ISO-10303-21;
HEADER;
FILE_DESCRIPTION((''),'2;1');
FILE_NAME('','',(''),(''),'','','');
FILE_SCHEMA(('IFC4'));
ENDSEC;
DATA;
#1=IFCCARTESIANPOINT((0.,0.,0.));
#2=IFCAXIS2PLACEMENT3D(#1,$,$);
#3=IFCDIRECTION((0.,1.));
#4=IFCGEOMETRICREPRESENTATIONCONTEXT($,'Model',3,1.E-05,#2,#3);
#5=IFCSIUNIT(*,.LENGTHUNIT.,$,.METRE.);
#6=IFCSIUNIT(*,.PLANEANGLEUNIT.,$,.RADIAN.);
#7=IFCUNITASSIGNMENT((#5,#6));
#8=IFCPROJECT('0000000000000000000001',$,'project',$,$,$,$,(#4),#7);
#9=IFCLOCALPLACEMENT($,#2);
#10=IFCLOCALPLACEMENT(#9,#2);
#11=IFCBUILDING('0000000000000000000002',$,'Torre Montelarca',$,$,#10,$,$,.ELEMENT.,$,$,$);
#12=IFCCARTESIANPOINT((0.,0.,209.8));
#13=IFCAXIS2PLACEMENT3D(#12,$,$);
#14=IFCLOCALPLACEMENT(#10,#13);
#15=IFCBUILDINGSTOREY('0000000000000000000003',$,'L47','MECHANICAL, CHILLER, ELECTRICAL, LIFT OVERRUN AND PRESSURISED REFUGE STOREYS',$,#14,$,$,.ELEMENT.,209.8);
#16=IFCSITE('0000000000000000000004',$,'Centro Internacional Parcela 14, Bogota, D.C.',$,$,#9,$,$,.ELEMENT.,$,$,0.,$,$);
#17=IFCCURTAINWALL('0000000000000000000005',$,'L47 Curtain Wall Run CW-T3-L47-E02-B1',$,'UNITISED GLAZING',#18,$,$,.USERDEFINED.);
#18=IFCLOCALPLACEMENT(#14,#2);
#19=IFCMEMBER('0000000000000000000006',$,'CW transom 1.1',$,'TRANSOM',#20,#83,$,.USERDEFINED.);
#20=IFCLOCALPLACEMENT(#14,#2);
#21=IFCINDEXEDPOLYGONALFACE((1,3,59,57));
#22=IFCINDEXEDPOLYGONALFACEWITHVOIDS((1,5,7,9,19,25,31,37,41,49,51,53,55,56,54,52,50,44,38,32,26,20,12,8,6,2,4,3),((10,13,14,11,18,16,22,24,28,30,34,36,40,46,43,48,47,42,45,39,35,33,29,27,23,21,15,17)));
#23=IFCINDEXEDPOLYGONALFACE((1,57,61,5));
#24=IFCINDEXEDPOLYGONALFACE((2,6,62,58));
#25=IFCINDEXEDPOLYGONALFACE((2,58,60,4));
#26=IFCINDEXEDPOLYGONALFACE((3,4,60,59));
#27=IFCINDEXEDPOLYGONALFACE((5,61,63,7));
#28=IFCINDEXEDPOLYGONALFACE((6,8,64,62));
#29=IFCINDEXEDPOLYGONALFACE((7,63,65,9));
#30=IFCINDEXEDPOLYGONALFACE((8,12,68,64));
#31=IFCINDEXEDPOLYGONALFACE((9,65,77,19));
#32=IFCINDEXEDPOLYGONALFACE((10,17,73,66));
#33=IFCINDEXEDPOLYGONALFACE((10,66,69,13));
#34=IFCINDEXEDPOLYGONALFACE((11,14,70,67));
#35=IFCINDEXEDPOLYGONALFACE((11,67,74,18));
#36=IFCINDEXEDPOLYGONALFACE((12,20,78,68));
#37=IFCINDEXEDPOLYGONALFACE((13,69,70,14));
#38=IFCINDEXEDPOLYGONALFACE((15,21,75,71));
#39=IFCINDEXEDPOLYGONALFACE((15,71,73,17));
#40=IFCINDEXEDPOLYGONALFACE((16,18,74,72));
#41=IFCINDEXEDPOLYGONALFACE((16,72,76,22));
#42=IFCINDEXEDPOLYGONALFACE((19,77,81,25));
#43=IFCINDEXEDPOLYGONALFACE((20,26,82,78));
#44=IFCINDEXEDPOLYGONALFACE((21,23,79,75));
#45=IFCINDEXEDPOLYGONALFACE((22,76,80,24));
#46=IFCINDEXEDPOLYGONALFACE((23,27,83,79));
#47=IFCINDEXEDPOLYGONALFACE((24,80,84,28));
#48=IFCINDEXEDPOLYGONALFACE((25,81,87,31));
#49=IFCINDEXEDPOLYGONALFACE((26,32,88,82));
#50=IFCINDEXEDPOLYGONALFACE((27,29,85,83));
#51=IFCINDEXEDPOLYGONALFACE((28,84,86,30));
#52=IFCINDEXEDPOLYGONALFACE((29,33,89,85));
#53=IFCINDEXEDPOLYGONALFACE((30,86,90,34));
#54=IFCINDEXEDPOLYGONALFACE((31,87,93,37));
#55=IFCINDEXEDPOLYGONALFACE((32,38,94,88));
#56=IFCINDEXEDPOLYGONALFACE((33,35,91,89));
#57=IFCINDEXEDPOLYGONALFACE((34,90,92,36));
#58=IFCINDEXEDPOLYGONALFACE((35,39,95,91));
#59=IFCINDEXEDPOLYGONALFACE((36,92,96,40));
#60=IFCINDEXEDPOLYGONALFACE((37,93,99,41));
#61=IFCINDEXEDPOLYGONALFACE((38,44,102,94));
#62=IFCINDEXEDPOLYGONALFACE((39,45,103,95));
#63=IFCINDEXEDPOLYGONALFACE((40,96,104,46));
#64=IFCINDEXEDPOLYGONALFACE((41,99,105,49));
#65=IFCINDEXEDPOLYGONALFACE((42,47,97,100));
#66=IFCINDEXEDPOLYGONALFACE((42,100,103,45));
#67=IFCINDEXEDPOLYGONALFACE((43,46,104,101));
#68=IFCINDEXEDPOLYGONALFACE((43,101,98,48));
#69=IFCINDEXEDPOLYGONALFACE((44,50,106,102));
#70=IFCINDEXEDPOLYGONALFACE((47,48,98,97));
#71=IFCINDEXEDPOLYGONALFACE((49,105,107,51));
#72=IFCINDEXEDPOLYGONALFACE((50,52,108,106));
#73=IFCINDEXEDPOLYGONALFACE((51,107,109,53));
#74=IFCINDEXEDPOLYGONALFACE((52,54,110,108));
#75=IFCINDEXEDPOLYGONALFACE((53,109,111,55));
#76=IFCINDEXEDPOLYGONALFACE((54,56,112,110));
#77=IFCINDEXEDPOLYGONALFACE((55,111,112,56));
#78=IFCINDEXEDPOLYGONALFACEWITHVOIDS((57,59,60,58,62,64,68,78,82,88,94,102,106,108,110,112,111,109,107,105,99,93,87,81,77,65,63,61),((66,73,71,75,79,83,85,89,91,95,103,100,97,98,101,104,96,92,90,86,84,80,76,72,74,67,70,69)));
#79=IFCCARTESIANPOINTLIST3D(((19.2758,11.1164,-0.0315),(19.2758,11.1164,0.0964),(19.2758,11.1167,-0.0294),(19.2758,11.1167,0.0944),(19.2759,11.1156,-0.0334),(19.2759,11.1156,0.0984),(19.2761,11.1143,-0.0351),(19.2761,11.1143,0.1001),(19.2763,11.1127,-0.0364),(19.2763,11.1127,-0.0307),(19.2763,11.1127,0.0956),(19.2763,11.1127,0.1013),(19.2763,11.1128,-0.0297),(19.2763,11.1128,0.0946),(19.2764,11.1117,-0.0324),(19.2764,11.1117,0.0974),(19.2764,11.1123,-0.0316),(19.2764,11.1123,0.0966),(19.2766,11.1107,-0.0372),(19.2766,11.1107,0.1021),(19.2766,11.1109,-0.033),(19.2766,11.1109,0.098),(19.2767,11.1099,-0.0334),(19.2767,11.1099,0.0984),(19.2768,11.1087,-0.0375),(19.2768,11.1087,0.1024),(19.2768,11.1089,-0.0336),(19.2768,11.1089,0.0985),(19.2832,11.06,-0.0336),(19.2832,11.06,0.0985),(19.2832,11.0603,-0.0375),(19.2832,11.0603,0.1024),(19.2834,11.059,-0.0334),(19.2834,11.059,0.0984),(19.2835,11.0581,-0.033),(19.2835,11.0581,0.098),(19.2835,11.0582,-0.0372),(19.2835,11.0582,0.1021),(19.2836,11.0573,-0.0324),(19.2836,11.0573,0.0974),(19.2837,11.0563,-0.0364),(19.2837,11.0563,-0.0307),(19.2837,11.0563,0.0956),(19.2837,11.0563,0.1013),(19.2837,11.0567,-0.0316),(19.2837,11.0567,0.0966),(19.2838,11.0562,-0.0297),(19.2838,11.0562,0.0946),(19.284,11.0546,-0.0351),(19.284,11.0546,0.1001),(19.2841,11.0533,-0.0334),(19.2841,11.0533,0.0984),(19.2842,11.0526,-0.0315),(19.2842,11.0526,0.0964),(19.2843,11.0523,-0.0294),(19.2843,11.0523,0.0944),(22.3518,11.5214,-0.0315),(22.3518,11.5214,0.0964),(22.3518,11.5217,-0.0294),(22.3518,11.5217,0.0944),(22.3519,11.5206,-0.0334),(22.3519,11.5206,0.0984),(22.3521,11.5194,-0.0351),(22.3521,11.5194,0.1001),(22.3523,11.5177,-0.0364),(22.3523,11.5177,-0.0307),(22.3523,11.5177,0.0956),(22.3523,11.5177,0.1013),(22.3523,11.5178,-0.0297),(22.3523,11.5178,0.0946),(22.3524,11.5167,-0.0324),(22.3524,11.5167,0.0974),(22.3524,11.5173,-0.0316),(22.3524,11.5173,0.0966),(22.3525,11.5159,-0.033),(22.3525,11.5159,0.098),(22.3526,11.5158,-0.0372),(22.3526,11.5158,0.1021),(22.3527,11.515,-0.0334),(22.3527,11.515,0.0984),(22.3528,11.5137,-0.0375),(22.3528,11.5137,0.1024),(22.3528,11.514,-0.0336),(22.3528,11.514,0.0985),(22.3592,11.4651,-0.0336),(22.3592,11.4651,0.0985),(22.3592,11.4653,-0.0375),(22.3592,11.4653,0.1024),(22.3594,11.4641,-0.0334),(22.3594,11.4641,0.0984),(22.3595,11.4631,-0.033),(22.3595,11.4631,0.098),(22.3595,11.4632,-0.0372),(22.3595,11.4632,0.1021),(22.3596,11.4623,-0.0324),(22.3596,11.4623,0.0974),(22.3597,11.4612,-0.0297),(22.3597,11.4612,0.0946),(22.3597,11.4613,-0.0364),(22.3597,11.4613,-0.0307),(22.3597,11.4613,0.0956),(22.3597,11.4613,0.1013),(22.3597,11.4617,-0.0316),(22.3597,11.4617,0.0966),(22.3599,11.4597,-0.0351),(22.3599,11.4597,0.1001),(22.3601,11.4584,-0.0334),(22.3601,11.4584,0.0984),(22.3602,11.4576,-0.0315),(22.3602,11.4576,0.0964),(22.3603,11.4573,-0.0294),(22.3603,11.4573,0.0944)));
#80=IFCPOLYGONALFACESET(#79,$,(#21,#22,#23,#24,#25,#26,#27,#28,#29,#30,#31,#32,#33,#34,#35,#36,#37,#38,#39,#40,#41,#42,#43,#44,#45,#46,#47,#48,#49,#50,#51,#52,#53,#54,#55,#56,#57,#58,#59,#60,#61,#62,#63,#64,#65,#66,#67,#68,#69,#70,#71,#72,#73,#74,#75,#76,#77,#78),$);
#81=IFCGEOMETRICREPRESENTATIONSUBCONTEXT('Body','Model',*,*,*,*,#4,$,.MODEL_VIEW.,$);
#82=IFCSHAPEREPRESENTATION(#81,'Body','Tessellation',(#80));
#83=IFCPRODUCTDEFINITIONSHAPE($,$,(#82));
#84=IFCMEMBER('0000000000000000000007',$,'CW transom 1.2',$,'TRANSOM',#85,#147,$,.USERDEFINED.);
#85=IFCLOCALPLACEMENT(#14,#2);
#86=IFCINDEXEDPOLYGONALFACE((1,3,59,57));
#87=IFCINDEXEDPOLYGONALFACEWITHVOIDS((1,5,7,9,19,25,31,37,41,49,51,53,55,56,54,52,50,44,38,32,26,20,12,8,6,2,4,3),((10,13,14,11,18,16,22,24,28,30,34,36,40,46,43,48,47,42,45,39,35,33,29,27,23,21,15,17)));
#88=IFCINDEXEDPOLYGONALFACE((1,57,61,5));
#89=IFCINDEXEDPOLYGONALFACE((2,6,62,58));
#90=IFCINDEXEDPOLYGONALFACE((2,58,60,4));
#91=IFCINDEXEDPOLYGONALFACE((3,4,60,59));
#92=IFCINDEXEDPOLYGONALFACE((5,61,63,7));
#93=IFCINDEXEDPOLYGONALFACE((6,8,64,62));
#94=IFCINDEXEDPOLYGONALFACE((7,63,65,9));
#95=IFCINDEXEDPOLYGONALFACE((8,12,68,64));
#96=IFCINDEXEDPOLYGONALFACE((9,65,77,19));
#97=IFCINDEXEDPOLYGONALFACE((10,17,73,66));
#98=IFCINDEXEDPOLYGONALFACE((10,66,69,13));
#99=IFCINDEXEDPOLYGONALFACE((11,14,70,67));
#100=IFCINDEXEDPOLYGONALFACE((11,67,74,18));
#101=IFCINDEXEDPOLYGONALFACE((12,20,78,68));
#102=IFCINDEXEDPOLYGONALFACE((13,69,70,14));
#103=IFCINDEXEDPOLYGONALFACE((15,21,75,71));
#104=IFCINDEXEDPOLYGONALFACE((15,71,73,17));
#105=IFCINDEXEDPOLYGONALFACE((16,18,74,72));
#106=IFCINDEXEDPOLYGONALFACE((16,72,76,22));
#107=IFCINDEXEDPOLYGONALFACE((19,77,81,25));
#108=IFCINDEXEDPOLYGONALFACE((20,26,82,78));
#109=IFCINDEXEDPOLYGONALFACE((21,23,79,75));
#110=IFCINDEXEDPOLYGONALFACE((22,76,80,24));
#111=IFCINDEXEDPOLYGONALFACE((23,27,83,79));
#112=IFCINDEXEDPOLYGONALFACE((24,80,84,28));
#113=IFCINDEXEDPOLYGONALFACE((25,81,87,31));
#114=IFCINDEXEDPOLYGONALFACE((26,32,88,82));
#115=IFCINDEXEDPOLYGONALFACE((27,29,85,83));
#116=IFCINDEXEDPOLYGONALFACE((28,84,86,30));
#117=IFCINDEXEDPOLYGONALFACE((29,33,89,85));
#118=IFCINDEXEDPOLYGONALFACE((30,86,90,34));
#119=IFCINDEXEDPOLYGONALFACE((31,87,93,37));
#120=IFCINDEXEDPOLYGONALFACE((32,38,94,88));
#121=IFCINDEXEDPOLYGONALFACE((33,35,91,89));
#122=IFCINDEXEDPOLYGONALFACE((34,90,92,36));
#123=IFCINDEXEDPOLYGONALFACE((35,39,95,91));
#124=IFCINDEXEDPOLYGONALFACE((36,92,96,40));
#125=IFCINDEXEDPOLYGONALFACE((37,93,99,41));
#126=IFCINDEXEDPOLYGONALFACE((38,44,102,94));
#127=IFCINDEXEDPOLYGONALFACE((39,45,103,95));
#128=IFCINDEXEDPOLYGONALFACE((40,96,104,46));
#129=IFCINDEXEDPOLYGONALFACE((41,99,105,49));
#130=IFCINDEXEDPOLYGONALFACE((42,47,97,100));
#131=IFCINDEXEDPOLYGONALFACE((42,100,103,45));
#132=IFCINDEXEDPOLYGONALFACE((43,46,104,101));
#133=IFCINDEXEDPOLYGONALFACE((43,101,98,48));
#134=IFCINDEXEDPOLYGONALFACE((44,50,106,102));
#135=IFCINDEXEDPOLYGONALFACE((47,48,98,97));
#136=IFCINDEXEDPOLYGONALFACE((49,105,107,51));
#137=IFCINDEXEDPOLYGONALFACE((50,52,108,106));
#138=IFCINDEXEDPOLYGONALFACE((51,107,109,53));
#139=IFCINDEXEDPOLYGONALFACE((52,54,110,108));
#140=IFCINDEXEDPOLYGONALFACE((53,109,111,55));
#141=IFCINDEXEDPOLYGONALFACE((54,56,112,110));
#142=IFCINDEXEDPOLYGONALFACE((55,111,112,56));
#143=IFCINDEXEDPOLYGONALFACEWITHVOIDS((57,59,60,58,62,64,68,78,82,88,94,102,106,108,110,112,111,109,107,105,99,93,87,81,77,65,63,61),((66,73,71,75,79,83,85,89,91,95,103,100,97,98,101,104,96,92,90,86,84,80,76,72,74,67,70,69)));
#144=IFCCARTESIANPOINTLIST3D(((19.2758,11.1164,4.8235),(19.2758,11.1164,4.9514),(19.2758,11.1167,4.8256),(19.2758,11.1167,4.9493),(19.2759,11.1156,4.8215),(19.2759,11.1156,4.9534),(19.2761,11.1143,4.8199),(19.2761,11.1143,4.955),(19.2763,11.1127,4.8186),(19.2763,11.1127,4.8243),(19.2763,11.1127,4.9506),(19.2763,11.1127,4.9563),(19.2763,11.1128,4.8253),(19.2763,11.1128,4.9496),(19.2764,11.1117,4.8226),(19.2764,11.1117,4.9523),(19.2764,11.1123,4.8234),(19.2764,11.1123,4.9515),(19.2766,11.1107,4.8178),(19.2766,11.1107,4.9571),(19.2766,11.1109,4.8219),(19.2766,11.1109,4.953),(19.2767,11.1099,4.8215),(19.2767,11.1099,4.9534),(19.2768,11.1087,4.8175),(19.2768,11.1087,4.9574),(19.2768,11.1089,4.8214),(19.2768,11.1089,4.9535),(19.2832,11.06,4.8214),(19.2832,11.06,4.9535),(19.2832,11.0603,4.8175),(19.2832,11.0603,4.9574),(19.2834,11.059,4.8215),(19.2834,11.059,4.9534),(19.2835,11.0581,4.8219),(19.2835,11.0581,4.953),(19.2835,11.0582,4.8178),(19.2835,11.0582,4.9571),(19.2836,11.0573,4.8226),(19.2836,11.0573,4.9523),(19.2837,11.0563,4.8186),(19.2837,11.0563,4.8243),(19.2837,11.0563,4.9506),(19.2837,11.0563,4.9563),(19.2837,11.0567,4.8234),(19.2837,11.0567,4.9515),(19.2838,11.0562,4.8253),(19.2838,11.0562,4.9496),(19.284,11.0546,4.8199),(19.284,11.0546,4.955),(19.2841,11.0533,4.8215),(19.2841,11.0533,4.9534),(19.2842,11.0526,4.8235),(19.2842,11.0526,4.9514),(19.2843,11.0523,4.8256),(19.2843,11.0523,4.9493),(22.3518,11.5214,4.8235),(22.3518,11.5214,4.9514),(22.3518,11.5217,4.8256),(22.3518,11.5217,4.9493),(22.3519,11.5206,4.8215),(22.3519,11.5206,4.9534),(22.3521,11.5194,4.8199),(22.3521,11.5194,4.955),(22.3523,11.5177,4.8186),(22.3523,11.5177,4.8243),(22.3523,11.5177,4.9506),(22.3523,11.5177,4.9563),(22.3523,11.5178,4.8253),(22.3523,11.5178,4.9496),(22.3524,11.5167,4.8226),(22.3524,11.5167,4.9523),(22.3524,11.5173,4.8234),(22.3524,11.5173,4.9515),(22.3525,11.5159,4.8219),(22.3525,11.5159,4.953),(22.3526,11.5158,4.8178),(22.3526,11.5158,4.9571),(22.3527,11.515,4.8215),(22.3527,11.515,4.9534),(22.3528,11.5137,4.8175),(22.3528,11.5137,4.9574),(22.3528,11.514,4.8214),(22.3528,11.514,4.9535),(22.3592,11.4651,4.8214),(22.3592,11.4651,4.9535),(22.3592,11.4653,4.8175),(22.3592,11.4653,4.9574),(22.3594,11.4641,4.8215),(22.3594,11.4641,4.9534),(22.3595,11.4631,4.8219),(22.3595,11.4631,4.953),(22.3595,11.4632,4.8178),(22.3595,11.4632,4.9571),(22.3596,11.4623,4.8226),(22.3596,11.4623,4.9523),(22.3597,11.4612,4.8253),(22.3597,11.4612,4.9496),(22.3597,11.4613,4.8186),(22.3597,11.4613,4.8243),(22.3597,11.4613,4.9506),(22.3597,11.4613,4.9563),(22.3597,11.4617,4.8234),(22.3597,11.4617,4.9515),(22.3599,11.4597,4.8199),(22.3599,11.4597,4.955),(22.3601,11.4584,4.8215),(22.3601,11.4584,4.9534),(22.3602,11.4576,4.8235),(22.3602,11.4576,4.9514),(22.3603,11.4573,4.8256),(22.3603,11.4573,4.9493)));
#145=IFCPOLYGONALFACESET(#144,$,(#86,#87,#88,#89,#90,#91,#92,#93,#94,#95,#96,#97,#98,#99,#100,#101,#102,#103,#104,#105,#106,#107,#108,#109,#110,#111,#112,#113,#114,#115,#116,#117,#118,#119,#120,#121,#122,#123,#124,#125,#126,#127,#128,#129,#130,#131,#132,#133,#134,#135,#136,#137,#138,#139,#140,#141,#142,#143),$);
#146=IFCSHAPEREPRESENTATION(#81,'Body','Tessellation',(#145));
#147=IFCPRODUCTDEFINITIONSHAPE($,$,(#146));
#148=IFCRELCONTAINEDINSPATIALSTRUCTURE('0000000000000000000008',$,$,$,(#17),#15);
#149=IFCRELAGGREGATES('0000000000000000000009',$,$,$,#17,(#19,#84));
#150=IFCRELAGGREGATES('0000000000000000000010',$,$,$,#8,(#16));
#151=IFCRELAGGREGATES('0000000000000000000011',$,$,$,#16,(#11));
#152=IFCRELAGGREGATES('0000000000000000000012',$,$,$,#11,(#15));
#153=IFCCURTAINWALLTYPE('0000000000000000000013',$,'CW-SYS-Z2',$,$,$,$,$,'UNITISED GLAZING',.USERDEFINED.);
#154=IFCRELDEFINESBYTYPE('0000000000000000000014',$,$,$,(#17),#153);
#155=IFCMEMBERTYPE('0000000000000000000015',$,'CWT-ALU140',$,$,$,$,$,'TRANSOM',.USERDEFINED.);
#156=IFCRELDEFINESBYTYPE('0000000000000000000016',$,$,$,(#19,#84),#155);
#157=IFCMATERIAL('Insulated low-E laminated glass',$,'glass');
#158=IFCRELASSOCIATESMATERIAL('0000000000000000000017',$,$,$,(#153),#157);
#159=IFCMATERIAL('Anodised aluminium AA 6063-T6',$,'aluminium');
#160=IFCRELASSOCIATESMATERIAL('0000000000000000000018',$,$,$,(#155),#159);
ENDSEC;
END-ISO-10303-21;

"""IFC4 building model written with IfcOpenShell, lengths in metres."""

from ifc_helpers import new_model, si_unit, direction, frame, origin, origin_2d, place, context, subcontext, project, spatial, hollow_rectangle, extrude, source, transform, mapped, material, material_profile, profile_set, type_object, element, aggregate, save


model = new_model("IFC4")

# Units and contexts
model_context = context("Model", 3, precision=1e-05, world=origin(), true_north=direction((0.0, 1.0)))
body_context = subcontext(model_context, "Body", "Model", "MODEL_VIEW")
ifc_project = project(units=[si_unit("LENGTHUNIT", "METRE"), si_unit("PLANEANGLEUNIT", "RADIAN")], contexts=[model_context])

# Site, building, storey
site_placement = place(None, origin())
site = spatial("IfcSite", under=ifc_project, at=site_placement, Name="Centro Internacional Parcela 14, Bogota, D.C.", CompositionType="ELEMENT", RefElevation=0.0)
building_placement = place(site_placement, origin())
building = spatial("IfcBuilding", under=site, at=building_placement, Name="Torre Montelarca", CompositionType="ELEMENT")
storey_placement = place(building_placement, frame((0.0, 0.0, 209.8)))
storey = spatial("IfcBuildingStorey", under=building, at=storey_placement, Name="L47", Description="MECHANICAL, CHILLER, ELECTRICAL, LIFT OVERRUN AND PRESSURISED REFUGE STOREYS", CompositionType="ELEMENT", Elevation=209.8)

# Curtain wall, members
ifc_material_1 = material(Name="Insulated low-E laminated glass", Category="glass")
curtain_wall_type = type_object("IfcCurtainWallType", Name="CW-SYS-Z2", ElementType="UNITISED GLAZING", PredefinedType="USERDEFINED", material=ifc_material_1)
curtain_wall_1_placement = place(storey_placement, origin())
curtain_wall_1 = element("IfcCurtainWall", 1, at=curtain_wall_1_placement, inside=storey, type_object=curtain_wall_type, Name="L47 Curtain Wall Run CW-T3-L47-E02-B1", ObjectType="UNITISED GLAZING", PredefinedType="USERDEFINED")
ifc_material_2 = material(Name="Anodised aluminium AA 6063-T6", Category="aluminium")
ifc_material_profile_1 = material_profile(ifc_material_2, hollow_rectangle(XDim=0.0649, YDim=0.1399, WallThickness=0.0039, InnerFilletRadius=0.0039, OuterFilletRadius=0.0081, at=origin_2d()), Name="ALU65X140X4", Category="aluminium")
ifc_profile_set_1 = profile_set([ifc_material_profile_1], Name="Anodised aluminium AA 6063-T6")
member_type_1 = type_object("IfcMemberType", Name="CWT-ALU140", ElementType="TRANSOM", PredefinedType="USERDEFINED", material=ifc_profile_set_1)
shared_shape_1 = source(origin(), body_context, "Body", "SweptSolid", [
    extrude(hollow_rectangle(XDim=0.0649, YDim=0.1399, WallThickness=0.0039, InnerFilletRadius=0.0039, OuterFilletRadius=0.0081, at=origin_2d()), origin(), (0.0, 0.0, 1.0), 3.1025),
])
member_1_placement = place(storey_placement, frame((19.28, 11.0845, 0.0325), z_axis=(0.991442, 0.13055, 0.0), x_axis=(-0.13055, 0.991442, 0.0)))
member_1 = element("IfcMember", 2, at=member_1_placement, type_object=member_type_1, Name="CW transom 1.1", ObjectType="TRANSOM", PredefinedType="USERDEFINED", context=body_context, shape_type="MappedRepresentation", body=[
    mapped(shared_shape_1, transform((0.0, 0.0, 0.0), scale=1.0)),
])
member_2_placement = place(storey_placement, frame((19.28, 11.0845, 4.8875), z_axis=(0.991442, 0.13055, 0.0), x_axis=(-0.13055, 0.991442, 0.0)))
member_2 = element("IfcMember", 3, at=member_2_placement, type_object=member_type_1, Name="CW transom 1.2", ObjectType="TRANSOM", PredefinedType="USERDEFINED", context=body_context, shape_type="MappedRepresentation", body=[
    mapped(shared_shape_1, transform((0.0, 0.0, 0.0), scale=1.0)),
])

aggregate(curtain_wall_1, [member_1, member_2])

save(model, "model.ifc")
